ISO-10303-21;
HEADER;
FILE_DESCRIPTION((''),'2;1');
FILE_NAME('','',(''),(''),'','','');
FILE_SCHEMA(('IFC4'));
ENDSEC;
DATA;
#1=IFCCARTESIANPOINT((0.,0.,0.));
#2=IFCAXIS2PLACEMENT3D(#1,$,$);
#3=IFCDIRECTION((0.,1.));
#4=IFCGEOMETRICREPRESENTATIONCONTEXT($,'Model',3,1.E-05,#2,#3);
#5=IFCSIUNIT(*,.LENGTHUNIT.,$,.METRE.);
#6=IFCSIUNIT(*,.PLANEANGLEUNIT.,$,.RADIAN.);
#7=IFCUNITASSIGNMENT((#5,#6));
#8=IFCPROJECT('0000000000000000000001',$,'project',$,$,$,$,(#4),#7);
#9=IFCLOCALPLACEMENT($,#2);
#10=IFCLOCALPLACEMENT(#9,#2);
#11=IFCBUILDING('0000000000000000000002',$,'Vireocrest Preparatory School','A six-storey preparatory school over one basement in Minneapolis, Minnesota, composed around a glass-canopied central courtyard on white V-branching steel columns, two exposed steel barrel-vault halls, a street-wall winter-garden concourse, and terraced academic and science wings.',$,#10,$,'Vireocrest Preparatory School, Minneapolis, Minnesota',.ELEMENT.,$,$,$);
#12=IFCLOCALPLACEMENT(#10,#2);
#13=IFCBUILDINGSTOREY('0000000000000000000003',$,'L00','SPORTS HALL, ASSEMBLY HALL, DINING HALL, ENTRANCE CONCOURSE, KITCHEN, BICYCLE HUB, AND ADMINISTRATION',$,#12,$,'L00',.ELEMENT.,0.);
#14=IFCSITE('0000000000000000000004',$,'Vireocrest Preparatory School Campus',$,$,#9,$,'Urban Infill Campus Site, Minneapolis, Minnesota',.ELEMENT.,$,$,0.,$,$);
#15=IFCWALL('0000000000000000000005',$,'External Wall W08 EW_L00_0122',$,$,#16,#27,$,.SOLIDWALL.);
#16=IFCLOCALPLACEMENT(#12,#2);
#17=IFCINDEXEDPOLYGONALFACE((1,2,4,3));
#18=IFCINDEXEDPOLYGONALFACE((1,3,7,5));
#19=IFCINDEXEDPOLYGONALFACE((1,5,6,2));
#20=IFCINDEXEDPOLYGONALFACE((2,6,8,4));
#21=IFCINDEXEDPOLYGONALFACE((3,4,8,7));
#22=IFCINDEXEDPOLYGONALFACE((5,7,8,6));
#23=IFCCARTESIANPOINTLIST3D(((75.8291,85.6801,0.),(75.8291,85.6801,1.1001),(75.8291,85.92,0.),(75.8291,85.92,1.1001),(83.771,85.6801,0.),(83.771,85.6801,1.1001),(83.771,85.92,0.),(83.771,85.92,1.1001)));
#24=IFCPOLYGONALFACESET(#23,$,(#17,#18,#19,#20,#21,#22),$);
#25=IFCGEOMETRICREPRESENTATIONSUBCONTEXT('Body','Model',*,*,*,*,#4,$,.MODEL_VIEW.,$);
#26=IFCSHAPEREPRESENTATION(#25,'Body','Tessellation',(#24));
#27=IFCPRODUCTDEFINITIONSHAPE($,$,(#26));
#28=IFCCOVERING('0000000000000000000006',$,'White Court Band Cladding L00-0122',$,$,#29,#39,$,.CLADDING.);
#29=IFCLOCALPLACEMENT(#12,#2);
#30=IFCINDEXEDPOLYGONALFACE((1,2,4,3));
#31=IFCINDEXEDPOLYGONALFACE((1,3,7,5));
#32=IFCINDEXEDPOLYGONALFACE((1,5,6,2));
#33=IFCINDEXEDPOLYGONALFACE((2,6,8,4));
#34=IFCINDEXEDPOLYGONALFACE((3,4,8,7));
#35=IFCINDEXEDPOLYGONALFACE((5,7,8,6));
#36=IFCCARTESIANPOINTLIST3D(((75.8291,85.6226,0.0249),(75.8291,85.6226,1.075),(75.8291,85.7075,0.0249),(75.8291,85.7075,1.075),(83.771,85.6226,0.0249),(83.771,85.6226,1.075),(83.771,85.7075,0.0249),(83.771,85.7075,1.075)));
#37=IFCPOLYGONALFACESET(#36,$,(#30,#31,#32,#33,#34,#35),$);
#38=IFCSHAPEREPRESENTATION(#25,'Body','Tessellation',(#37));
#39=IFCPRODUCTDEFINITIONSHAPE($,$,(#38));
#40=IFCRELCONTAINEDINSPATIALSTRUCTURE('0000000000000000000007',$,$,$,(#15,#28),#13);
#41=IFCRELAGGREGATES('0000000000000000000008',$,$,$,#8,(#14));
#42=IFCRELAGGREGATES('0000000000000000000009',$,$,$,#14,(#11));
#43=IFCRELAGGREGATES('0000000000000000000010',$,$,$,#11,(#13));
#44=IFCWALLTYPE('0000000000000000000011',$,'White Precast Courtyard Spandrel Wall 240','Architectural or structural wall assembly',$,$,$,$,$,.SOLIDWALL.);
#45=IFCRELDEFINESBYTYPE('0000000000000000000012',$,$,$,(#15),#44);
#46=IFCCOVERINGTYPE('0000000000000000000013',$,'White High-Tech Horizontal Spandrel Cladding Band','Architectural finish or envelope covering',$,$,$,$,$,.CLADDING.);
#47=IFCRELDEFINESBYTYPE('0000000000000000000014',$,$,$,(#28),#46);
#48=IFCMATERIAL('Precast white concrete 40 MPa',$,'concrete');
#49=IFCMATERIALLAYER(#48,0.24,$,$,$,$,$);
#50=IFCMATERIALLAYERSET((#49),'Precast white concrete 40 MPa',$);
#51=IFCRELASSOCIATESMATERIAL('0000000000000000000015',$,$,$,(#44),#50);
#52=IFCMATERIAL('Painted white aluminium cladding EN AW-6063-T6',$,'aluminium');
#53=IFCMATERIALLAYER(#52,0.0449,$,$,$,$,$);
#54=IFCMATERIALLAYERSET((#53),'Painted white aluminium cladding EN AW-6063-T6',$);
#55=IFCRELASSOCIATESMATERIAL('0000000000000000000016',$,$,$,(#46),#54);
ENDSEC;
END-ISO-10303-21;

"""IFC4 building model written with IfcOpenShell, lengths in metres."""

from ifc_helpers import new_model, si_unit, direction, frame, frame_2d, origin, origin_2d, place, context, subcontext, project, spatial, rectangle, extrude, material, layer, layer_set, type_object, element, save


model = new_model("IFC4")

# Units and contexts
model_context = context("Model", 3, precision=1e-05, world=origin(), true_north=direction((0.0, 1.0)))
body_context = subcontext(model_context, "Body", "Model", "MODEL_VIEW")
ifc_project = project(units=[si_unit("LENGTHUNIT", "METRE"), si_unit("PLANEANGLEUNIT", "RADIAN")], contexts=[model_context])

# Site, building, storey
site_placement = place(None, origin())
site = spatial("IfcSite", under=ifc_project, at=site_placement, Name="Vireocrest Preparatory School Campus", LongName="Urban Infill Campus Site, Minneapolis, Minnesota", CompositionType="ELEMENT", RefElevation=0.0)
building_placement = place(site_placement, origin())
building = spatial("IfcBuilding", under=site, at=building_placement, Name="Vireocrest Preparatory School", Description="A six-storey preparatory school over one basement in Minneapolis, Minnesota, composed around a glass-canopied central courtyard on white V-branching steel columns, two exposed steel barrel-vault halls, a street-wall winter-garden concourse, and terraced academic and science wings.", LongName="Vireocrest Preparatory School, Minneapolis, Minnesota", CompositionType="ELEMENT")
storey_placement = place(building_placement, origin())
storey = spatial("IfcBuildingStorey", under=building, at=storey_placement, Name="L00", Description="SPORTS HALL, ASSEMBLY HALL, DINING HALL, ENTRANCE CONCOURSE, KITCHEN, BICYCLE HUB, AND ADMINISTRATION", LongName="L00", CompositionType="ELEMENT", Elevation=0.0)

# Wall
ifc_material_1 = material(Name="Precast white concrete 40 MPa", Category="concrete")
ifc_layer_1 = layer(ifc_material_1, 0.24)
ifc_layer_set_1 = layer_set([ifc_layer_1], Name="Precast white concrete 40 MPa")
wall_type = type_object("IfcWallType", Name="White Precast Courtyard Spandrel Wall 240", Description="Architectural or structural wall assembly", PredefinedType="SOLIDWALL", material=ifc_layer_set_1)
wall_placement = place(storey_placement, frame((75.8291, 85.8, 0.0), z_axis=(0.0, 0.0, 1.0), x_axis=(1.0, 0.0, 0.0)))
element("IfcWall", 1, at=wall_placement, inside=storey, type_object=wall_type, Name="External Wall W08 EW_L00_0122", PredefinedType="SOLIDWALL", context=body_context, shape_type="SweptSolid", body=[
    extrude(rectangle(XDim=7.9419, YDim=0.24, at=frame_2d((3.9709, 0.0))), origin(), (0.0, 0.0, 1.0), 1.1001),
])

# Covering
ifc_material_2 = material(Name="Painted white aluminium cladding EN AW-6063-T6", Category="aluminium")
ifc_layer_2 = layer(ifc_material_2, 0.0449)
ifc_layer_set_2 = layer_set([ifc_layer_2], Name="Painted white aluminium cladding EN AW-6063-T6")
covering_type = type_object("IfcCoveringType", Name="White High-Tech Horizontal Spandrel Cladding Band", Description="Architectural finish or envelope covering", PredefinedType="CLADDING", material=ifc_layer_set_2)
covering_placement = place(storey_placement, frame((79.8, 85.665, 0.0249), z_axis=(0.0, 0.0, 1.0), x_axis=(1.0, 0.0, 0.0)))
element("IfcCovering", 2, at=covering_placement, inside=storey, type_object=covering_type, Name="White Court Band Cladding L00-0122", PredefinedType="CLADDING", context=body_context, shape_type="SweptSolid", body=[
    extrude(rectangle(XDim=7.9419, YDim=0.085, at=origin_2d()), origin(), (0.0, 0.0, 1.0), 1.05),
])

save(model, "model.ifc")
